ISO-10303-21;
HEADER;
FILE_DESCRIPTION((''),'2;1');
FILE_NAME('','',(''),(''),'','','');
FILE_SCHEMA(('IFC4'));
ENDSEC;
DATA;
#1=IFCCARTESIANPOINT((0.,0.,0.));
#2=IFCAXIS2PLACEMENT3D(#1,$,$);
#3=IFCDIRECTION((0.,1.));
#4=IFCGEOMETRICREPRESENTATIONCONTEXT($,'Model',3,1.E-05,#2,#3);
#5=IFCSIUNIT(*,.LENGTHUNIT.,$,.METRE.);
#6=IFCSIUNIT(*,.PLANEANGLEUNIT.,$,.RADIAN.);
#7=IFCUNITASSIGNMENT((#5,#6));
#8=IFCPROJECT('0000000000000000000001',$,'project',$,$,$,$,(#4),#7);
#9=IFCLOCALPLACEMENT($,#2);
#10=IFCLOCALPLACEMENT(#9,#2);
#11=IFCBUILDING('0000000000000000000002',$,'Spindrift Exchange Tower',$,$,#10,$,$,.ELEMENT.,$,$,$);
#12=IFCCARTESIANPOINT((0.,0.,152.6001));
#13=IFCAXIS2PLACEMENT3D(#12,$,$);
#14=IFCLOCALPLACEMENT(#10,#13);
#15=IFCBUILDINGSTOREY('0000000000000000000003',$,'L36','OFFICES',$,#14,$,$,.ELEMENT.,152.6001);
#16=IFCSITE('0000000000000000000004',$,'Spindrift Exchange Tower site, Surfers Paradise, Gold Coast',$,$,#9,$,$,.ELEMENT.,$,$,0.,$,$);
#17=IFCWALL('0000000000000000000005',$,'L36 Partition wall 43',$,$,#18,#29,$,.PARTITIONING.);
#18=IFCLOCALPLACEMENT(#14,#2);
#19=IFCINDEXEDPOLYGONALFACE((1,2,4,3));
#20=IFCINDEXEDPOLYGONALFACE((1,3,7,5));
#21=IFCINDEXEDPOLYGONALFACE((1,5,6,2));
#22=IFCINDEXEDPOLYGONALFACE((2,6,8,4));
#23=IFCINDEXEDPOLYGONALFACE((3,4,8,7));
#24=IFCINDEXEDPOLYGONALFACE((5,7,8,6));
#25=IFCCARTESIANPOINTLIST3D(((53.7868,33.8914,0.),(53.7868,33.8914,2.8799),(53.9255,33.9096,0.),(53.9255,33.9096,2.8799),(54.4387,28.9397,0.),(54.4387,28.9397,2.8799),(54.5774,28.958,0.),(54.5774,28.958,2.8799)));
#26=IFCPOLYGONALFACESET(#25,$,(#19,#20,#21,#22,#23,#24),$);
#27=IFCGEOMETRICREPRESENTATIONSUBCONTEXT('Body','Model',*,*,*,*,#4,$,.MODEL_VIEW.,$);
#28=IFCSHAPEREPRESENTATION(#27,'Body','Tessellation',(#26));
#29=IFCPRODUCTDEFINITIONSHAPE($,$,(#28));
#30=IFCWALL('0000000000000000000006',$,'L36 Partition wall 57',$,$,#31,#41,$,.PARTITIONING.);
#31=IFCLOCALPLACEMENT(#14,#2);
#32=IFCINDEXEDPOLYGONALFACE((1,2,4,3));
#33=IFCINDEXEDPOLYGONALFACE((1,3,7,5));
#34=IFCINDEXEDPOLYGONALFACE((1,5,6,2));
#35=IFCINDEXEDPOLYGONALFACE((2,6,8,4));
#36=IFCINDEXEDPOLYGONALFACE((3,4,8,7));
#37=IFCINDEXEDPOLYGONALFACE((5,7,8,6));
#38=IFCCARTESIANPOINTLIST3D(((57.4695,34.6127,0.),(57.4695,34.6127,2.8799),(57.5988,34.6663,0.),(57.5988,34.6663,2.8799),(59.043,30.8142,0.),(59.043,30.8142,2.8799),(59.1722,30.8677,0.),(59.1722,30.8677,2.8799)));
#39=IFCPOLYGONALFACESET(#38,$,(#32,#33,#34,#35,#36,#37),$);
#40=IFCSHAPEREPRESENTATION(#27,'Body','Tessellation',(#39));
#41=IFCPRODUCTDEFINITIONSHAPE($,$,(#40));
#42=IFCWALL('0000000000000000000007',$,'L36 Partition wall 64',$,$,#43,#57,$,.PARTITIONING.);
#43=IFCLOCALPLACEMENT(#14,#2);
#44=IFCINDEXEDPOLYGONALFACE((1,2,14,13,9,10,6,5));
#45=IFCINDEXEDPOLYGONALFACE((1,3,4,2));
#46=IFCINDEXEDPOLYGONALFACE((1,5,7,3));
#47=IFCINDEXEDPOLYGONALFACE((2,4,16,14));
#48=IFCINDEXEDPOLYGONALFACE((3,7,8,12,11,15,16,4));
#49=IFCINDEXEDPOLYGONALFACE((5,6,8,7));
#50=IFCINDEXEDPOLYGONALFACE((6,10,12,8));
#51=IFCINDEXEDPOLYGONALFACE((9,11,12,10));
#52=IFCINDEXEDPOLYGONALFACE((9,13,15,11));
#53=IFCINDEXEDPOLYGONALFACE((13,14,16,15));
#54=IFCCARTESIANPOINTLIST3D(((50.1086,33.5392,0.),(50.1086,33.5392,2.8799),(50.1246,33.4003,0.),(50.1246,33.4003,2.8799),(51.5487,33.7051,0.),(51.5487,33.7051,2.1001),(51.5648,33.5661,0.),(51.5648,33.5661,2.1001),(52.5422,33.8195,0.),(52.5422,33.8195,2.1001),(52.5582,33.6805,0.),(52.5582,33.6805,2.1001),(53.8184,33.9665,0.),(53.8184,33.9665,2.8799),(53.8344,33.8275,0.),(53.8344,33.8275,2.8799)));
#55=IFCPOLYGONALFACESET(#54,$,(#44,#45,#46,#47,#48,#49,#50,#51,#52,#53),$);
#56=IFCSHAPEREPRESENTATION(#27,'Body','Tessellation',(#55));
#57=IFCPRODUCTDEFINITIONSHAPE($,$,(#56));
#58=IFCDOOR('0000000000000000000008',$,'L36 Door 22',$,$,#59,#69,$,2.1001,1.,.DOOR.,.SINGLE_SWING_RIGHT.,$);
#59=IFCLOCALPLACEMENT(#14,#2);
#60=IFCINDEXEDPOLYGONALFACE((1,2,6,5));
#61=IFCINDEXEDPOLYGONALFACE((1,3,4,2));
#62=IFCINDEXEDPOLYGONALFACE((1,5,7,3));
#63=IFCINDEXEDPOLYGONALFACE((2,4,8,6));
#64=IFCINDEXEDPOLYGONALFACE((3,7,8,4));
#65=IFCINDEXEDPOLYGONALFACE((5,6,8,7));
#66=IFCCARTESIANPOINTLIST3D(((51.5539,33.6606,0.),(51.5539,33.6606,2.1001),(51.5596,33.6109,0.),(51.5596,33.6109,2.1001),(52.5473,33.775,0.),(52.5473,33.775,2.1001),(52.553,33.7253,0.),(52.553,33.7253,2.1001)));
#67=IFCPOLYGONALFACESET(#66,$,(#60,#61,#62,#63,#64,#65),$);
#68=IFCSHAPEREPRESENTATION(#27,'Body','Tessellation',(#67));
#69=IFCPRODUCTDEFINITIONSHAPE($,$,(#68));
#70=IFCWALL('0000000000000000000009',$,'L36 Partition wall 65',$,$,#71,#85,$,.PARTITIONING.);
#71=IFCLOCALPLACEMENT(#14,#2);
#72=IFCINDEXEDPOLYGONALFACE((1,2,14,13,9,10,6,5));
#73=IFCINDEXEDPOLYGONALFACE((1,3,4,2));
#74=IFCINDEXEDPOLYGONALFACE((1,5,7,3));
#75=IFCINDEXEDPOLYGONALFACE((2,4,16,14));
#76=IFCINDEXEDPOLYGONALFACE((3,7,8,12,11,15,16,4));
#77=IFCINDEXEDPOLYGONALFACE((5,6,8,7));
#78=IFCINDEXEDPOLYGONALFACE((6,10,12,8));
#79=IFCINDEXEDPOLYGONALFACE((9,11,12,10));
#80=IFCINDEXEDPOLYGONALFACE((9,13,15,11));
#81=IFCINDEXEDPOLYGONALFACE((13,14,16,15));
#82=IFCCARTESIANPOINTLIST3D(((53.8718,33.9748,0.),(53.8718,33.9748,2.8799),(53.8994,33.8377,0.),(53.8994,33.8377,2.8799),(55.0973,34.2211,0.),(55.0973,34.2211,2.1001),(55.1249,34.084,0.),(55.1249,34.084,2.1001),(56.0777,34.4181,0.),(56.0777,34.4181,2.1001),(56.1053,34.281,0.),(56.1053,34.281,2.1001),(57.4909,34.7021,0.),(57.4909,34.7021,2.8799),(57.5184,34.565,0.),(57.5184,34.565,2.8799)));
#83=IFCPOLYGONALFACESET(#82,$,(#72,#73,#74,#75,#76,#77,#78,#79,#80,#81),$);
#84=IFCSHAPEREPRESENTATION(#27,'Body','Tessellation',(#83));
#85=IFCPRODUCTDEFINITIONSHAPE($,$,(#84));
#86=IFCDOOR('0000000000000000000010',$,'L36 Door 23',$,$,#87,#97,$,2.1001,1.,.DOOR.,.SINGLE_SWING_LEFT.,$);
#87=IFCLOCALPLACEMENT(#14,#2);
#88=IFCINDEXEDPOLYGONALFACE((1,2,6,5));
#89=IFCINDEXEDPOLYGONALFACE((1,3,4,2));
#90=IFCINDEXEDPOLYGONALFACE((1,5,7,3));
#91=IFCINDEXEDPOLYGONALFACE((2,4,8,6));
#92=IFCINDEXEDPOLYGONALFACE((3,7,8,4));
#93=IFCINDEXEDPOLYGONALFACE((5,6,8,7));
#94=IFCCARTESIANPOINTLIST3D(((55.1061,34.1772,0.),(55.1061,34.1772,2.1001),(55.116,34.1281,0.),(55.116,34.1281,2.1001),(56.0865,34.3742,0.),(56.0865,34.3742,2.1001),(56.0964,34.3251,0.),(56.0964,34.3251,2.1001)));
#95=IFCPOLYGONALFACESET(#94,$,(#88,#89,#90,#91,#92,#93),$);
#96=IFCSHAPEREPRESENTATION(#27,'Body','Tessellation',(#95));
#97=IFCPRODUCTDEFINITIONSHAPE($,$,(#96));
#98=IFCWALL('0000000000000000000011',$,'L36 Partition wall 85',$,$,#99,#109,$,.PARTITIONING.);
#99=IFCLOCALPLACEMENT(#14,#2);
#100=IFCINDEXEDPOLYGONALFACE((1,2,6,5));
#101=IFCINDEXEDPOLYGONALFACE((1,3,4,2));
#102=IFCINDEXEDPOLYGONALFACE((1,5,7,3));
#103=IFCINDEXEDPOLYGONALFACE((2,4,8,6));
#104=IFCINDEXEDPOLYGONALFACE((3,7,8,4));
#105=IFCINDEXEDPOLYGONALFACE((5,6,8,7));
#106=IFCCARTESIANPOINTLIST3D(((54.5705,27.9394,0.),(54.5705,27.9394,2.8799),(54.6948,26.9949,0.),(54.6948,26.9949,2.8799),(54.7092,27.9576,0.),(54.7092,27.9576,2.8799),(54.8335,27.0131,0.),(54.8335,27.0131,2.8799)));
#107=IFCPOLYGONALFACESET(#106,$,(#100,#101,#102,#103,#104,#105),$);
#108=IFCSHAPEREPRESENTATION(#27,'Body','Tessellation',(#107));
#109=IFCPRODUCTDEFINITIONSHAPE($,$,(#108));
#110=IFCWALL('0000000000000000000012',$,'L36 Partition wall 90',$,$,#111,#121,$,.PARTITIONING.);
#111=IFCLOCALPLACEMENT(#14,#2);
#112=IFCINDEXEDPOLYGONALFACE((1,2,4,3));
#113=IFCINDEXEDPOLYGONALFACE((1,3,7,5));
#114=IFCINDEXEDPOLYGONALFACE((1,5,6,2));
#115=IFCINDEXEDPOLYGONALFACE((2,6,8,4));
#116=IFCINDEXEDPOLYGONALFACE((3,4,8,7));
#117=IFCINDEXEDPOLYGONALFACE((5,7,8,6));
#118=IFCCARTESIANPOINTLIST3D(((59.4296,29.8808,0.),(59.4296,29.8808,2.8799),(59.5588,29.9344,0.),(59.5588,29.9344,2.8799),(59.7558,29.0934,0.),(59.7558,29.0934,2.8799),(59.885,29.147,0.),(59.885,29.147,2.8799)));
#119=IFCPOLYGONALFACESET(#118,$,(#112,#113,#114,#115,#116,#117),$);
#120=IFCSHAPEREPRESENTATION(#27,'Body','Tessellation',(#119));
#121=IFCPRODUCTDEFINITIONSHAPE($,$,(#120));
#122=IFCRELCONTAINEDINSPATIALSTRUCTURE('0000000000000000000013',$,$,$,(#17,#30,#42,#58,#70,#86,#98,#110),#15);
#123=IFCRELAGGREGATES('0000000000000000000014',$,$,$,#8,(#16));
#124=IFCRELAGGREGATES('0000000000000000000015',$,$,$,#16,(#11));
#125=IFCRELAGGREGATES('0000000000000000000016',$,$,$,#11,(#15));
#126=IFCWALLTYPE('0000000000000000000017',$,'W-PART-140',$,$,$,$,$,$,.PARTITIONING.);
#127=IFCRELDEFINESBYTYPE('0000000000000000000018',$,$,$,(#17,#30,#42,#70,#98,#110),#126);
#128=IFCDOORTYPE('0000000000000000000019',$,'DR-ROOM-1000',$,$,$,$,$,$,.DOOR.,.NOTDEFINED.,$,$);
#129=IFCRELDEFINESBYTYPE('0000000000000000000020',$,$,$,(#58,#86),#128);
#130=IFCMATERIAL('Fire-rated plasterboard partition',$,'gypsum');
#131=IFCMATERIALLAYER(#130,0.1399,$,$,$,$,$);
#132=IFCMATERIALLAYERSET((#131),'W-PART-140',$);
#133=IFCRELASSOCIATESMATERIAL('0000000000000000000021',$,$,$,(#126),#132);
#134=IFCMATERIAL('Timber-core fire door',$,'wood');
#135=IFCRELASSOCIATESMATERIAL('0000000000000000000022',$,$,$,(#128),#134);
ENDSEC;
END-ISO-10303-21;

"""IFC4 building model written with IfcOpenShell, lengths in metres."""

from ifc_helpers import new_model, si_unit, direction, frame, frame_2d, origin, place, context, subcontext, project, spatial, rectangle, extrude, source, transform, mapped, material, layer, layer_set, type_object, element, fill, save


model = new_model("IFC4")

# Units and contexts
model_context = context("Model", 3, precision=1e-05, world=origin(), true_north=direction((0.0, 1.0)))
body_context = subcontext(model_context, "Body", "Model", "MODEL_VIEW")
ifc_project = project(units=[si_unit("LENGTHUNIT", "METRE"), si_unit("PLANEANGLEUNIT", "RADIAN")], contexts=[model_context])

# Site, building, storey
site_placement = place(None, origin())
site = spatial("IfcSite", under=ifc_project, at=site_placement, Name="Spindrift Exchange Tower site, Surfers Paradise, Gold Coast", CompositionType="ELEMENT", RefElevation=0.0)
building_placement = place(site_placement, origin())
building = spatial("IfcBuilding", under=site, at=building_placement, Name="Spindrift Exchange Tower", CompositionType="ELEMENT")
storey_placement = place(building_placement, frame((0.0, 0.0, 152.6001)))
storey = spatial("IfcBuildingStorey", under=building, at=storey_placement, Name="L36", Description="OFFICES", CompositionType="ELEMENT", Elevation=152.6001)

# Walls
ifc_material_1 = material(Name="Fire-rated plasterboard partition", Category="gypsum")
ifc_layer_1 = layer(ifc_material_1, 0.1399)
ifc_layer_set_1 = layer_set([ifc_layer_1], Name="W-PART-140")
wall_type = type_object("IfcWallType", Name="W-PART-140", PredefinedType="PARTITIONING", material=ifc_layer_set_1)
wall_1_placement = place(storey_placement, frame((53.8562, 33.9004, 0.0), z_axis=(0.0, 0.0, 1.0), x_axis=(0.130518, -0.991446, 0.0)))
element("IfcWall", 1, at=wall_1_placement, inside=storey, type_object=wall_type, Name="L36 Partition wall 43", PredefinedType="PARTITIONING", context=body_context, shape_type="SweptSolid", body=[
    extrude(rectangle(XDim=4.9944, YDim=0.1399, at=frame_2d((2.4971, 0.0))), origin(), (0.0, 0.0, 1.0), 2.8799),
])
wall_2_placement = place(storey_placement, frame((57.5342, 34.6394, 0.0), z_axis=(0.0, 0.0, 1.0), x_axis=(0.382696, -0.923874, 0.0)))
element("IfcWall", 2, at=wall_2_placement, inside=storey, type_object=wall_type, Name="L36 Partition wall 57", PredefinedType="PARTITIONING", context=body_context, shape_type="SweptSolid", body=[
    extrude(rectangle(XDim=4.1116, YDim=0.1399, at=frame_2d((2.0557, 0.0))), origin(), (0.0, 0.0, 1.0), 2.8799),
])

# Walls, openings, doors
wall_3_placement = place(storey_placement, frame((53.8264, 33.897, 0.0), z_axis=(0.0, 0.0, 1.0), x_axis=(-0.993434, -0.114406, 0.0)))
wall_3 = element("IfcWall", 3, at=wall_3_placement, inside=storey, type_object=wall_type, Name="L36 Partition wall 64", PredefinedType="PARTITIONING", context=body_context, shape_type="SweptSolid", body=[
    extrude(rectangle(XDim=3.7344, YDim=0.1399, at=frame_2d((1.8672, 0.0))), origin(), (0.0, 0.0, 1.0), 2.8799),
])
opening_1_placement = place(wall_3_placement, frame((1.2847, 0.0, 0.0)))
opening_1 = element("IfcOpeningElement", 4, at=opening_1_placement, cuts=wall_3, PredefinedType="OPENING", context=body_context, shape_type="SweptSolid", body=[
    extrude(rectangle(XDim=1.0, YDim=2.1001, at=frame_2d((0.5, 1.05))), frame((0.0, 0.0798, 0.0), z_axis=(0.0, -1.0, 0.0), x_axis=(1.0, 0.0, 0.0)), (0.0, 0.0, 1.0), 0.1599),
])
ifc_material_2 = material(Name="Timber-core fire door", Category="wood")
door_type = type_object("IfcDoorType", Name="DR-ROOM-1000", OperationType="NOTDEFINED", PredefinedType="DOOR", material=ifc_material_2)
shared_shape_1 = source(origin(), body_context, "Body", "SweptSolid", [
    extrude(rectangle(XDim=1.0, YDim=2.1001, at=frame_2d((0.5, 1.05))), frame((0.0, 0.0249, 0.0), z_axis=(0.0, -1.0, 0.0), x_axis=(1.0, 0.0, 0.0)), (0.0, 0.0, 1.0), 0.05),
])
door_1_placement = place(opening_1_placement, origin())
door_1 = element("IfcDoor", 5, at=door_1_placement, inside=storey, type_object=door_type, Name="L36 Door 22", OperationType="SINGLE_SWING_RIGHT", OverallHeight=2.1001, OverallWidth=1.0, PredefinedType="DOOR", context=body_context, shape_type="MappedRepresentation", body=[
    mapped(shared_shape_1, transform((0.0, 0.0, 0.0), scale=1.0)),
])
fill(opening_1, door_1)
wall_4_placement = place(storey_placement, frame((57.5046, 34.6335, 0.0), z_axis=(0.0, 0.0, 1.0), x_axis=(-0.9804, -0.197019, 0.0)))
wall_4 = element("IfcWall", 6, at=wall_4_placement, inside=storey, type_object=wall_type, Name="L36 Partition wall 65", PredefinedType="PARTITIONING", context=body_context, shape_type="SweptSolid", body=[
    extrude(rectangle(XDim=3.6914, YDim=0.1399, at=frame_2d((1.8457, 0.0))), origin(), (0.0, 0.0, 1.0), 2.8799),
])
opening_2_placement = place(wall_4_placement, frame((1.4414, 0.0, 0.0)))
opening_2 = element("IfcOpeningElement", 7, at=opening_2_placement, cuts=wall_4, PredefinedType="OPENING", context=body_context, shape_type="SweptSolid", body=[
    extrude(rectangle(XDim=1.0, YDim=2.1001, at=frame_2d((0.5, 1.05))), frame((0.0, 0.0798, 0.0), z_axis=(0.0, -1.0, 0.0), x_axis=(1.0, 0.0, 0.0)), (0.0, 0.0, 1.0), 0.1599),
])
door_2_placement = place(opening_2_placement, origin())
door_2 = element("IfcDoor", 8, at=door_2_placement, inside=storey, type_object=door_type, Name="L36 Door 23", OperationType="SINGLE_SWING_LEFT", OverallHeight=2.1001, OverallWidth=1.0, PredefinedType="DOOR", context=body_context, shape_type="MappedRepresentation", body=[
    mapped(shared_shape_1, transform((0.0, 0.0, 0.0), scale=1.0)),
])
fill(opening_2, door_2)

# Walls
wall_5_placement = place(storey_placement, frame((54.6399, 27.9485, 0.0), z_axis=(0.0, 0.0, 1.0), x_axis=(0.130435, -0.991457, 0.0)))
element("IfcWall", 9, at=wall_5_placement, inside=storey, type_object=wall_type, Name="L36 Partition wall 85", PredefinedType="PARTITIONING", context=body_context, shape_type="SweptSolid", body=[
    extrude(rectangle(XDim=0.9526, YDim=0.1399, at=frame_2d((0.4763, 0.0))), origin(), (0.0, 0.0, 1.0), 2.8799),
])
wall_6_placement = place(storey_placement, frame((59.4941, 29.9077, 0.0), z_axis=(0.0, 0.0, 1.0), x_axis=(0.382723, -0.923863, 0.0)))
element("IfcWall", 10, at=wall_6_placement, inside=storey, type_object=wall_type, Name="L36 Partition wall 90", PredefinedType="PARTITIONING", context=body_context, shape_type="SweptSolid", body=[
    extrude(rectangle(XDim=0.8523, YDim=0.1399, at=frame_2d((0.4263, 0.0))), origin(), (0.0, 0.0, 1.0), 2.8799),
])

save(model, "model.ifc")
